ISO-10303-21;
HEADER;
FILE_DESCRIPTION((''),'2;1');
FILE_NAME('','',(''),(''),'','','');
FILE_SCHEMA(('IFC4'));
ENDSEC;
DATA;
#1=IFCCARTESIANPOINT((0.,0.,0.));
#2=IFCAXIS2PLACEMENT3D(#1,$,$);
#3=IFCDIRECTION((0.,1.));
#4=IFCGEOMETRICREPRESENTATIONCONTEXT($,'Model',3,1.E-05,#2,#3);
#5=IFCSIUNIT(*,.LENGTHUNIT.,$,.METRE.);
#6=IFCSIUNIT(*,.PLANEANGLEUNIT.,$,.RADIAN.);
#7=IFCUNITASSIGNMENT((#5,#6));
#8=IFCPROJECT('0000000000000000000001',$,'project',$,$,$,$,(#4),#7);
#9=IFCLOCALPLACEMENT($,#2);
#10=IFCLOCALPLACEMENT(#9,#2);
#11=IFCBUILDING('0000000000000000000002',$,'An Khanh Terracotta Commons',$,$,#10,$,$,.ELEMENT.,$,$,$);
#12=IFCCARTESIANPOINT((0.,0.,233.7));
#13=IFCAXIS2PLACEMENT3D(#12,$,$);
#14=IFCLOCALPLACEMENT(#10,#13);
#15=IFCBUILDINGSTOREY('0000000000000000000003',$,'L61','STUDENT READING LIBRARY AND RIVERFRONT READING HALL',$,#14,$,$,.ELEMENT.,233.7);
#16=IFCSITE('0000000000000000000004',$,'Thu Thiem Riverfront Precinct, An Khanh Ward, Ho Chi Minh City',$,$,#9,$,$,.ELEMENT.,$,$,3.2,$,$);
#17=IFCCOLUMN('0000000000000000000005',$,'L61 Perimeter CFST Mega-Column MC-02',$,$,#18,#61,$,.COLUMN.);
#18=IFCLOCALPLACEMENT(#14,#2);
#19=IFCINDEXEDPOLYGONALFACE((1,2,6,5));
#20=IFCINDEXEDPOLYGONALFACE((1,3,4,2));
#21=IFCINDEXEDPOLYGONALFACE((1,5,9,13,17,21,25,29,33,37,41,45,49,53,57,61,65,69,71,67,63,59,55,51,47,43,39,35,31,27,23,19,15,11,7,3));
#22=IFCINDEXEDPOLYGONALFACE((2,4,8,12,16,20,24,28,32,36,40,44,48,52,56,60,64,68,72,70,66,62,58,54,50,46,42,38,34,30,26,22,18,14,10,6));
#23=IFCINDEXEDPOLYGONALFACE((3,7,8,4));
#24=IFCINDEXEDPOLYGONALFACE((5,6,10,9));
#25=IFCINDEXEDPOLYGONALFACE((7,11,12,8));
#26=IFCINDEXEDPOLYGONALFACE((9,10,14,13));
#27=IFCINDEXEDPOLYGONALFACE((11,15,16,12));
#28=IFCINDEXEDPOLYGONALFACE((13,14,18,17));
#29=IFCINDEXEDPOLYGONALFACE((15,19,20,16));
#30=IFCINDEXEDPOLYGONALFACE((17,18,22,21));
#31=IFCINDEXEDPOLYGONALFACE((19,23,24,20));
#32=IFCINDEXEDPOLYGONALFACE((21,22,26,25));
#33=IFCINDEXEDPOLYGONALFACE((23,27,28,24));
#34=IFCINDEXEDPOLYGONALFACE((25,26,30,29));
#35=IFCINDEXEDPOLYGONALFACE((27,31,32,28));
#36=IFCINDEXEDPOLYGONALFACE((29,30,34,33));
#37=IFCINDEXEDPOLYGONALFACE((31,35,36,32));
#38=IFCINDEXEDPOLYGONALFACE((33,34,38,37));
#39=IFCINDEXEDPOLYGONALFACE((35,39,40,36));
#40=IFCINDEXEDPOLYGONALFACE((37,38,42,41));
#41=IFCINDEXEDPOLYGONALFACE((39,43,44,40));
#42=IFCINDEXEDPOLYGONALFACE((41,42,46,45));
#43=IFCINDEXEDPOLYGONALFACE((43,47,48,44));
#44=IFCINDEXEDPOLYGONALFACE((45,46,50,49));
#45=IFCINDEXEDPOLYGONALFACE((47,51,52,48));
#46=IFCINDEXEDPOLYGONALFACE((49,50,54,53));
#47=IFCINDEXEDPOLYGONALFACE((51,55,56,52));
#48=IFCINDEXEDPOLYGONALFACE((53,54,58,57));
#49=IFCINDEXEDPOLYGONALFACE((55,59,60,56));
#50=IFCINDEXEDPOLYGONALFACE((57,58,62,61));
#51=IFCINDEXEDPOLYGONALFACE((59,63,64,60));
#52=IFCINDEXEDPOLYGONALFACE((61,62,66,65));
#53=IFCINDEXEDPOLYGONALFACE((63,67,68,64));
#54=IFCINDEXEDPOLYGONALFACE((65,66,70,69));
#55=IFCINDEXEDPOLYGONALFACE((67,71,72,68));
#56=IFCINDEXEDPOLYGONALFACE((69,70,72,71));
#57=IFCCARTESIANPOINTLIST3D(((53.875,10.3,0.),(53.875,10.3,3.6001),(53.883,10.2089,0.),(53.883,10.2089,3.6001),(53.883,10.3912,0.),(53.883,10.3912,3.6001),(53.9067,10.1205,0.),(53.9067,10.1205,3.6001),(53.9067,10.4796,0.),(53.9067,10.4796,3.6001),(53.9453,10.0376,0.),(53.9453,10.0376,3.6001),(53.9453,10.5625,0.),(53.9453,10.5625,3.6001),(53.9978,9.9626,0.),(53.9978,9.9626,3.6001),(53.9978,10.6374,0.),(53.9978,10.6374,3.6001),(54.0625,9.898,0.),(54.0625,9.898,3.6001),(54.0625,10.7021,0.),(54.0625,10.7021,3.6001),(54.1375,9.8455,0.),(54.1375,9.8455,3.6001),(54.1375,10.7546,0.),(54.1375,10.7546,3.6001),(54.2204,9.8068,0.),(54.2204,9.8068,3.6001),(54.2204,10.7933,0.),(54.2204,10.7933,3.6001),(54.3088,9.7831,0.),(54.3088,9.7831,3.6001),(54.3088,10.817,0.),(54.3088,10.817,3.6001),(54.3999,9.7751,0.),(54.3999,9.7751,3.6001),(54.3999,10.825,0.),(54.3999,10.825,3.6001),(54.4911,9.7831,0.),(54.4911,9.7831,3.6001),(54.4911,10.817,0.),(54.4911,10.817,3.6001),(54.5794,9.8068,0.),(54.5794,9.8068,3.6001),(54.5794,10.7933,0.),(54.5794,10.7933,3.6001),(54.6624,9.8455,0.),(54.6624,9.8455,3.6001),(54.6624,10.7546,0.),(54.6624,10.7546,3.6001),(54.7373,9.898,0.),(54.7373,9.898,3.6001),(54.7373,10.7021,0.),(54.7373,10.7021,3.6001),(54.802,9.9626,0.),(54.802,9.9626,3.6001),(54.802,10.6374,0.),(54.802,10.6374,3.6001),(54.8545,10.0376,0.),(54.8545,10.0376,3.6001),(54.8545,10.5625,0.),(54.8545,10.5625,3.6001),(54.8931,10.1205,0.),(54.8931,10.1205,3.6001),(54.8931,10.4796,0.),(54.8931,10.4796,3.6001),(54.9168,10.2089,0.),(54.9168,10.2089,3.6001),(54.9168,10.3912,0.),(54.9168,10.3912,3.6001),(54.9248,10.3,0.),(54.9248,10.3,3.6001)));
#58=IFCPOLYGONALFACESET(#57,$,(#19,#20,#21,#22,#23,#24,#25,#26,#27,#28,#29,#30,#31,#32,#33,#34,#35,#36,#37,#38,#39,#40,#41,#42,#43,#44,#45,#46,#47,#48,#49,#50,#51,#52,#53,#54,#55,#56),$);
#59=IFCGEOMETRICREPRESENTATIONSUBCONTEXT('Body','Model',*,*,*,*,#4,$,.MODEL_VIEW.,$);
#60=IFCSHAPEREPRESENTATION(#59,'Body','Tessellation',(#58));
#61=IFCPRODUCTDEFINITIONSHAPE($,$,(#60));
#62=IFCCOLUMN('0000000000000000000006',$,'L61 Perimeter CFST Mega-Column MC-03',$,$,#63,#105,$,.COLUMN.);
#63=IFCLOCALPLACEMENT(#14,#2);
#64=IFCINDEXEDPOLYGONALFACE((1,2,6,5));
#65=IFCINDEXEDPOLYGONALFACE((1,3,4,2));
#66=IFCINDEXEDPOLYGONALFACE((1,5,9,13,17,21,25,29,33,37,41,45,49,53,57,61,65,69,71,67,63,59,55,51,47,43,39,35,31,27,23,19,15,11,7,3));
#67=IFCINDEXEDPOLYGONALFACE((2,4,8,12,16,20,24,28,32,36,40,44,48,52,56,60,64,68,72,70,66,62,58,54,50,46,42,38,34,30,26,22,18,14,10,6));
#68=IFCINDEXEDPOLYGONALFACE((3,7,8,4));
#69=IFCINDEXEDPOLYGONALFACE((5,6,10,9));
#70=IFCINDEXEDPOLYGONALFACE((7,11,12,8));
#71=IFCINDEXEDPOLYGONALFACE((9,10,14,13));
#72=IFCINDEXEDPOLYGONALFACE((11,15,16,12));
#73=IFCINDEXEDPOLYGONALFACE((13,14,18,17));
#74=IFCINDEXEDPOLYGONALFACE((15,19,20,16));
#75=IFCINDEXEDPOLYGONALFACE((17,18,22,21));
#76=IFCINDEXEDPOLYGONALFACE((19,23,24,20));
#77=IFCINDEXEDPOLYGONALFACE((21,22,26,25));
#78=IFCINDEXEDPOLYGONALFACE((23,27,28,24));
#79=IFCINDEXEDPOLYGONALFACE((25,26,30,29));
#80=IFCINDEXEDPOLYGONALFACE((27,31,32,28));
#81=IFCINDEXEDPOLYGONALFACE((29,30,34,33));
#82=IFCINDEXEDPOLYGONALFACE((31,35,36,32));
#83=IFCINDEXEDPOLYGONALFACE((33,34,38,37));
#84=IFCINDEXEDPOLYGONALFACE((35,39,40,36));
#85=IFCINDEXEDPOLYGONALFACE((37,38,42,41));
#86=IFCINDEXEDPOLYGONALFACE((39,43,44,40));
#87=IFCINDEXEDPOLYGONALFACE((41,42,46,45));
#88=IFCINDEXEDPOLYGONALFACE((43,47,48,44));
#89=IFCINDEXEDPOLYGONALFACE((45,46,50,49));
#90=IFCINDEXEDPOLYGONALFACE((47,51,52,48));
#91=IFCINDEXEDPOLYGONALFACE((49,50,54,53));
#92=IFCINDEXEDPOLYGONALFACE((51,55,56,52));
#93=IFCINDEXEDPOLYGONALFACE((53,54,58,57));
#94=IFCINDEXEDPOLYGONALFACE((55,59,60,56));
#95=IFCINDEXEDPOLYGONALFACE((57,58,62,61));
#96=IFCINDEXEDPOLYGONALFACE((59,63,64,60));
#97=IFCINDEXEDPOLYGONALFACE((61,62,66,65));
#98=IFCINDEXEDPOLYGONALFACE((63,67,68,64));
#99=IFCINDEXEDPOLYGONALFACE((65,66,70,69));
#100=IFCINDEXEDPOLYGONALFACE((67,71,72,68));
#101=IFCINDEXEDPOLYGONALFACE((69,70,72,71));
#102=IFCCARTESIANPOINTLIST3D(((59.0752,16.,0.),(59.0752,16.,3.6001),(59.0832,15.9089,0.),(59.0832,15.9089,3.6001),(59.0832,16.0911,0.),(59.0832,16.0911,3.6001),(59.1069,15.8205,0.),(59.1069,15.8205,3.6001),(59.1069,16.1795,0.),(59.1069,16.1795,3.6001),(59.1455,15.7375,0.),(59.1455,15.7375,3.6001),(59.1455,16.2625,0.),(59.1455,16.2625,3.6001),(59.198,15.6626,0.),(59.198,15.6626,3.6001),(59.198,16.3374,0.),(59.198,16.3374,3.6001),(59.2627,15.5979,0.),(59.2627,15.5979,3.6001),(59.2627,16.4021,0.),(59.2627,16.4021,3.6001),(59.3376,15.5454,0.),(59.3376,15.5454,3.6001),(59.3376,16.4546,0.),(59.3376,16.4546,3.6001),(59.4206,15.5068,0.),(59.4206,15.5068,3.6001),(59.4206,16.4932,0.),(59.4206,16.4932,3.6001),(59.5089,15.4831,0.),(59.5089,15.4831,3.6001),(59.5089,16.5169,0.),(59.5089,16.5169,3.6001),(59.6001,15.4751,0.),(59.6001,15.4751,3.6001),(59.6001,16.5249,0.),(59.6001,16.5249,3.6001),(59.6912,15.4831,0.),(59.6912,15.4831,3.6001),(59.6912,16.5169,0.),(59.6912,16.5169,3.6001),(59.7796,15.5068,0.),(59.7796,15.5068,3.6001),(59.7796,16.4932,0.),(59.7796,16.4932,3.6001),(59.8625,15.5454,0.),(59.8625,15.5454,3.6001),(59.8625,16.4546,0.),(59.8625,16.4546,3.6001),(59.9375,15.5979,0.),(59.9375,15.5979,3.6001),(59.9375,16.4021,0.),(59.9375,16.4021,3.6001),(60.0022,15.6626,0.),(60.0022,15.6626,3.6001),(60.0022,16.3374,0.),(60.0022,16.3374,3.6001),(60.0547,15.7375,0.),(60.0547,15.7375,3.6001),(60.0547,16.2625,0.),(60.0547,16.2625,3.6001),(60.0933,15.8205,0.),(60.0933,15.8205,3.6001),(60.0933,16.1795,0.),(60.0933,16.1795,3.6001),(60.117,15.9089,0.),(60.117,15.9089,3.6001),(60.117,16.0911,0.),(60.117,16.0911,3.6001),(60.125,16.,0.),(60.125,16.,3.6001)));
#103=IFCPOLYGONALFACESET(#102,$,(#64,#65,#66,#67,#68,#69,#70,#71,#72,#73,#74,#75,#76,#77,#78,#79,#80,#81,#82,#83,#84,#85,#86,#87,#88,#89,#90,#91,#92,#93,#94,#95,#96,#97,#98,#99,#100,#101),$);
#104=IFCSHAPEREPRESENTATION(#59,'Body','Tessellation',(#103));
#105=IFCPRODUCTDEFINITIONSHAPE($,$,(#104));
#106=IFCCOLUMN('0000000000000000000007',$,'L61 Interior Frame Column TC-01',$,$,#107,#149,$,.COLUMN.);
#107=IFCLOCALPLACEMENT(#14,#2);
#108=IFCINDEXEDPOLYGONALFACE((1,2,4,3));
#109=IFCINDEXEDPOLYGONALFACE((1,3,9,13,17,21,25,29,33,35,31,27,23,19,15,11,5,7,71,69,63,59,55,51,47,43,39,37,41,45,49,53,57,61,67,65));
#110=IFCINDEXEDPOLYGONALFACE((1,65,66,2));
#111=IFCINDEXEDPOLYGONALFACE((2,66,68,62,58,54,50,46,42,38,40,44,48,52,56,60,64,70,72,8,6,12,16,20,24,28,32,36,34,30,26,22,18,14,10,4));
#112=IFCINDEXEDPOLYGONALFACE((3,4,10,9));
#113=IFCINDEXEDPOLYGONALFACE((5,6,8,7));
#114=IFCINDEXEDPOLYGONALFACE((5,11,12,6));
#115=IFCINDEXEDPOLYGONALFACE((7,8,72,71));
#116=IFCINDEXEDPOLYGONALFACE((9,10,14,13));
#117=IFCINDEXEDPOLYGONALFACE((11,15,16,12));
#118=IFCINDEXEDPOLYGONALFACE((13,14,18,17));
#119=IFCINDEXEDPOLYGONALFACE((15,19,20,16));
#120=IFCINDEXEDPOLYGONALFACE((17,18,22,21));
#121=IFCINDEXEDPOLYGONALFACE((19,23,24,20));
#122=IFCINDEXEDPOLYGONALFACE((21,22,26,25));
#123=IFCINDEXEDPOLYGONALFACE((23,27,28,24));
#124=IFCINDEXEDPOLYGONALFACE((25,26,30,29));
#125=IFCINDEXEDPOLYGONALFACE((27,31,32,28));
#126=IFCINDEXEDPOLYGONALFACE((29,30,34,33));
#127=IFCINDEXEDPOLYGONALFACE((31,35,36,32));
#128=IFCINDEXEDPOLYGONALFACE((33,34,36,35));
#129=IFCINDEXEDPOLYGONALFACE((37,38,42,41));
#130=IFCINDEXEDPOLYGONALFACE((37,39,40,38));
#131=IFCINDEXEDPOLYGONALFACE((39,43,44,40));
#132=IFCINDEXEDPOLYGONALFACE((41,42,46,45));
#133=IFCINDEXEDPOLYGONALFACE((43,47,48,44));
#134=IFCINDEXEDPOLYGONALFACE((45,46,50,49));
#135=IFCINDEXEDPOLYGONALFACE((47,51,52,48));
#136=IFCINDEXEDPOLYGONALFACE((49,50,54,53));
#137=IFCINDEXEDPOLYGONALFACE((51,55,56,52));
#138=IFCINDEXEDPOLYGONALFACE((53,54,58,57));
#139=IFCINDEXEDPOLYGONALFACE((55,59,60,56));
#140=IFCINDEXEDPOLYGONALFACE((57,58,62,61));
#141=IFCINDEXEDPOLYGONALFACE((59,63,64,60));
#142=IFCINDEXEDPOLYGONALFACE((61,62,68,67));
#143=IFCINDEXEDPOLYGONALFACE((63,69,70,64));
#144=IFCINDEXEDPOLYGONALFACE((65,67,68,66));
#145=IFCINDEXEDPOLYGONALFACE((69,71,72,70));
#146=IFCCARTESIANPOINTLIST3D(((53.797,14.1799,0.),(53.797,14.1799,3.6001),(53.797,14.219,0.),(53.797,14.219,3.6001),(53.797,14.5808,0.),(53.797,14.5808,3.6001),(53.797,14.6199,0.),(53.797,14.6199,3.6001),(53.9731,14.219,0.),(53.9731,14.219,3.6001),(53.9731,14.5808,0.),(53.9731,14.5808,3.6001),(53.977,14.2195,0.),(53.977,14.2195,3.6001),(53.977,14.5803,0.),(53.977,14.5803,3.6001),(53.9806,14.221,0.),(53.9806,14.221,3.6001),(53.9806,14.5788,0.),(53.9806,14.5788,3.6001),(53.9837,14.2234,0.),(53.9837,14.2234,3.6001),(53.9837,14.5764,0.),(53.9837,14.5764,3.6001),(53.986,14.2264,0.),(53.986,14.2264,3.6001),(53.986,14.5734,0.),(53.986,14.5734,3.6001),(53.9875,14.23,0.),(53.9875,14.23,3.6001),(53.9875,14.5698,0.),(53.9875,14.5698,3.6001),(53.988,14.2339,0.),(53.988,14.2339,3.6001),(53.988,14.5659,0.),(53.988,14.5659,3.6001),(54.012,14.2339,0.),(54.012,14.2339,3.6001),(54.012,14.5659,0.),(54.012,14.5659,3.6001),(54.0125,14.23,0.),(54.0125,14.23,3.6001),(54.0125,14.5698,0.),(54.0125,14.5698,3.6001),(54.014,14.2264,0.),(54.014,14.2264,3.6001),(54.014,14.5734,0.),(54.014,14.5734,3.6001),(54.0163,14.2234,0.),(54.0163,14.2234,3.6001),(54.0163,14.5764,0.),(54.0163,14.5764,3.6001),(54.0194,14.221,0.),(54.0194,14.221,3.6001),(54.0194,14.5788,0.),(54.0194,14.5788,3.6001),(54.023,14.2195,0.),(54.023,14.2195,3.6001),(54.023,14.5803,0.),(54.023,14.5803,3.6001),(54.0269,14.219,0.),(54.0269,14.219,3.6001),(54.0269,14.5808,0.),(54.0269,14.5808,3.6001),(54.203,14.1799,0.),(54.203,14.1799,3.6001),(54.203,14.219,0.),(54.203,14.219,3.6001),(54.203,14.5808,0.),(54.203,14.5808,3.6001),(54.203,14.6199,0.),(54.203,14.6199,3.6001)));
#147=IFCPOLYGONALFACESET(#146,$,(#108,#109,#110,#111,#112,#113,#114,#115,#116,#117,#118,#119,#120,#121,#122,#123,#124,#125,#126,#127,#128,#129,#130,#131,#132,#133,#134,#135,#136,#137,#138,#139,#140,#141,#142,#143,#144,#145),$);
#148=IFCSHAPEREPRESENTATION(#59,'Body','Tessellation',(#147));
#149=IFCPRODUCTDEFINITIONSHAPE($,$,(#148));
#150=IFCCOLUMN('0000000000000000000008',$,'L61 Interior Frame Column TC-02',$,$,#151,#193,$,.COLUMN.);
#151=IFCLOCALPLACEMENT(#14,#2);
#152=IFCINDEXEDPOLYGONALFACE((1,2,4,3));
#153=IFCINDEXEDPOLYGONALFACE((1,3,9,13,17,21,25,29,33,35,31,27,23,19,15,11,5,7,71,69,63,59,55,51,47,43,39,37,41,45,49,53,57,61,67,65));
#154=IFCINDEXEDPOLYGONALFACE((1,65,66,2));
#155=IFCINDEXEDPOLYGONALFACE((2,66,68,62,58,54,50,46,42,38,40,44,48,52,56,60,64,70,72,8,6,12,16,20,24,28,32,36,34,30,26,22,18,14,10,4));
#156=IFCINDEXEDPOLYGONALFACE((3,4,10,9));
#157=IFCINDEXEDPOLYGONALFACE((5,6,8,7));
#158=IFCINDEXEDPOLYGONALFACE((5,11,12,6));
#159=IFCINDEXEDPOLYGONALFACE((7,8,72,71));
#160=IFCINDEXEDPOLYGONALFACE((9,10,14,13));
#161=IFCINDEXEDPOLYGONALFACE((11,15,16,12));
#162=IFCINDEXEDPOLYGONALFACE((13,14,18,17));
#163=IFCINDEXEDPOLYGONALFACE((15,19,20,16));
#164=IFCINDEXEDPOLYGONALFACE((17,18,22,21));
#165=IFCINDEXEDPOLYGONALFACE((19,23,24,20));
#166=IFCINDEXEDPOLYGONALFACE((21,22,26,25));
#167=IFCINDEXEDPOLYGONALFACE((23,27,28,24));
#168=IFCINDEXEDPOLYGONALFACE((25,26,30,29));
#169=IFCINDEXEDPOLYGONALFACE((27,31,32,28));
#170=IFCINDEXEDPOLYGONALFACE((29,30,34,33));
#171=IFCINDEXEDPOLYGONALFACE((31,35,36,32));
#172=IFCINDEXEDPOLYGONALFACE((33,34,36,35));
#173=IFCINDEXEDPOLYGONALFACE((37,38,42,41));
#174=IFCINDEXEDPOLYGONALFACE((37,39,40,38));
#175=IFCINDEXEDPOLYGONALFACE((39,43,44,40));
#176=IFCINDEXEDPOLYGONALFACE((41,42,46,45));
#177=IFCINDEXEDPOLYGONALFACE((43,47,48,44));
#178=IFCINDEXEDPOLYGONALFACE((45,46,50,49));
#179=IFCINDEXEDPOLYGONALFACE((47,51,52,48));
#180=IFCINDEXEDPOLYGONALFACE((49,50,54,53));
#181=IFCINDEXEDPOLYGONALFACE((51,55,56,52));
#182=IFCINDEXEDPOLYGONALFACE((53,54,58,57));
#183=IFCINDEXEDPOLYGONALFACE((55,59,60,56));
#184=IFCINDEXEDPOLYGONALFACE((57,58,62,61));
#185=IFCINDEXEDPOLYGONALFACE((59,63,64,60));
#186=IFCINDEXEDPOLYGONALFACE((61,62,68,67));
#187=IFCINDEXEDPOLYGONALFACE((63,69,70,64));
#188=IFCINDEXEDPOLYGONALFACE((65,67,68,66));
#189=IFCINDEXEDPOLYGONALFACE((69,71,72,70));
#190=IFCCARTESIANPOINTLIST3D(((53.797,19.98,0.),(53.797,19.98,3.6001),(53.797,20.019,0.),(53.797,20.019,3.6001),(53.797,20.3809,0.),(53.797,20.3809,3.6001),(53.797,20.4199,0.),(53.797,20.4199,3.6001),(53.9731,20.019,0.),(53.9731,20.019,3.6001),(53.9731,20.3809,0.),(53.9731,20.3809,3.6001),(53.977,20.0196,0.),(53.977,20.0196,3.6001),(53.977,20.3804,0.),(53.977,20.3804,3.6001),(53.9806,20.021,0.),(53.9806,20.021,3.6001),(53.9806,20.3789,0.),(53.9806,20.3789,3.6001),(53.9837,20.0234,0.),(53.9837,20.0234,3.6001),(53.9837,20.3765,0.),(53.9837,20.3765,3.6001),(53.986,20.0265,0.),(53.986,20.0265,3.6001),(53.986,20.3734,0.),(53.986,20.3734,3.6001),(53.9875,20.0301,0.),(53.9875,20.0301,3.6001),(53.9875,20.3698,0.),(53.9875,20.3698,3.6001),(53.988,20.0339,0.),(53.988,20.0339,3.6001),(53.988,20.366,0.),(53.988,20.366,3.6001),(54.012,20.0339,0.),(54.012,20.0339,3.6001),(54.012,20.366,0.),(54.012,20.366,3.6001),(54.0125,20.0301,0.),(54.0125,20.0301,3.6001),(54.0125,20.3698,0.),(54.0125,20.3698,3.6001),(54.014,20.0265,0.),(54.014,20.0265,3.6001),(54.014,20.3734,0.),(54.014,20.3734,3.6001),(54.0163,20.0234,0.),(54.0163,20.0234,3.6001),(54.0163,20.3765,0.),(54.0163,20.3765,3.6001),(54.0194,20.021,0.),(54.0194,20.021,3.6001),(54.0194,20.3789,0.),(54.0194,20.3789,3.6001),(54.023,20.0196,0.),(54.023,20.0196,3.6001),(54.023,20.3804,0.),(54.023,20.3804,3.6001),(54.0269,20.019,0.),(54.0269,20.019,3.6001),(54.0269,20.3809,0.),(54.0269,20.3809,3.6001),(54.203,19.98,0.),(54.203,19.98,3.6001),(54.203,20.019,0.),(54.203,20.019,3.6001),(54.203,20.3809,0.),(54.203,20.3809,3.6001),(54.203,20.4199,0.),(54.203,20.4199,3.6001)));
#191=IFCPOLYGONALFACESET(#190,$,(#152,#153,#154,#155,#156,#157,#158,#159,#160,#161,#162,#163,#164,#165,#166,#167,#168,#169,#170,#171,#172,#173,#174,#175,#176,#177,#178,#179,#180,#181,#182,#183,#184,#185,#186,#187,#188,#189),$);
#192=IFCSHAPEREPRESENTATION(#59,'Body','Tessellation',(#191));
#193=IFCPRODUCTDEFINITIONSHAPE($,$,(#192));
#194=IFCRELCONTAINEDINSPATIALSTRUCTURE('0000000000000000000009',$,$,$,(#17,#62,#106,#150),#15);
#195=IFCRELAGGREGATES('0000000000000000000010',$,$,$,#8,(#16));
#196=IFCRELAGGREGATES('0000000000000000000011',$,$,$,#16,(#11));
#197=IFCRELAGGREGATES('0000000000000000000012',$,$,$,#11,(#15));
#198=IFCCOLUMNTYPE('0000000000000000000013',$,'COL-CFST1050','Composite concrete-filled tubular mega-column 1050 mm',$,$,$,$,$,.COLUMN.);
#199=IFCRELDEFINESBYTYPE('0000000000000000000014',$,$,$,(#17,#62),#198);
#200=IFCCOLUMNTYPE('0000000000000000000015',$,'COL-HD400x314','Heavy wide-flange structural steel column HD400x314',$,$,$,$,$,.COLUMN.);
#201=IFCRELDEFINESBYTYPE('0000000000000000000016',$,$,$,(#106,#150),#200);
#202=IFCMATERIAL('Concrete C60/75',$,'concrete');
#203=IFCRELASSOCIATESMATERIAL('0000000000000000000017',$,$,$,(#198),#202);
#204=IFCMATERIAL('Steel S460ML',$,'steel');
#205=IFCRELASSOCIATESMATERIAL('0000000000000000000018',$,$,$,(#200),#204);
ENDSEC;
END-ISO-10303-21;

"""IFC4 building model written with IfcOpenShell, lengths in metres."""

from ifc_helpers import new_model, si_unit, direction, frame, origin, origin_2d, place, context, subcontext, project, spatial, circle, i_section, extrude, material, material_profile, profile_set, type_object, element, save


model = new_model("IFC4")

# Units and contexts
model_context = context("Model", 3, precision=1e-05, world=origin(), true_north=direction((0.0, 1.0)))
body_context = subcontext(model_context, "Body", "Model", "MODEL_VIEW")
ifc_project = project(units=[si_unit("LENGTHUNIT", "METRE"), si_unit("PLANEANGLEUNIT", "RADIAN")], contexts=[model_context])

# Site, building, storey
site_placement = place(None, origin())
site = spatial("IfcSite", under=ifc_project, at=site_placement, Name="Thu Thiem Riverfront Precinct, An Khanh Ward, Ho Chi Minh City", CompositionType="ELEMENT", RefElevation=3.2)
building_placement = place(site_placement, origin())
building = spatial("IfcBuilding", under=site, at=building_placement, Name="An Khanh Terracotta Commons", CompositionType="ELEMENT")
storey_placement = place(building_placement, frame((0.0, 0.0, 233.7)))
storey = spatial("IfcBuildingStorey", under=building, at=storey_placement, Name="L61", Description="STUDENT READING LIBRARY AND RIVERFRONT READING HALL", CompositionType="ELEMENT", Elevation=233.7)

# Columns
ifc_material_1 = material(Name="Concrete C60/75", Category="concrete")
ifc_material_profile_1 = material_profile(ifc_material_1, circle(Radius=0.5249, at=origin_2d()), Name="CFST1050")
ifc_profile_set_1 = profile_set([ifc_material_profile_1], Name="Concrete C60/75")
column_type_1 = type_object("IfcColumnType", Name="COL-CFST1050", Description="Composite concrete-filled tubular mega-column 1050 mm", PredefinedType="COLUMN", material=ifc_profile_set_1)
for number, where, z_axis, x_axis, name in (
    (1, (54.3999, 10.3, 0.0), (0.0, 0.0, 1.0), (1.0, 0.0, 0.0), "L61 Perimeter CFST Mega-Column MC-02"),
    (2, (59.6001, 16.0, 0.0), (0.0, 0.0, 1.0), (1.0, 0.0, 0.0), "L61 Perimeter CFST Mega-Column MC-03"),
):
    element("IfcColumn", number, at=place(storey_placement, frame(where, z_axis=z_axis, x_axis=x_axis)), inside=storey, type_object=column_type_1, Name=name, PredefinedType="COLUMN", context=body_context, shape_type="SweptSolid", body=[
        extrude(circle(Radius=0.5249, at=origin_2d()), origin(), (0.0, 0.0, 1.0), 3.6001),
    ])
ifc_material_2 = material(Name="Steel S460ML", Category="steel")
ifc_material_profile_2 = material_profile(ifc_material_2, i_section(OverallWidth=0.406, OverallDepth=0.4399, WebThickness=0.0239, FlangeThickness=0.0391, FilletRadius=0.0149, at=origin_2d()), Name="HD400x314")
ifc_profile_set_2 = profile_set([ifc_material_profile_2], Name="Steel S460ML")
column_type_2 = type_object("IfcColumnType", Name="COL-HD400x314", Description="Heavy wide-flange structural steel column HD400x314", PredefinedType="COLUMN", material=ifc_profile_set_2)
for number, where, z_axis, x_axis, name in (
    (3, (54.0, 14.3999, 0.0), (0.0, 0.0, 1.0), (1.0, 0.0, 0.0), "L61 Interior Frame Column TC-01"),
    (4, (54.0, 20.2, 0.0), (0.0, 0.0, 1.0), (1.0, 0.0, 0.0), "L61 Interior Frame Column TC-02"),
):
    element("IfcColumn", number, at=place(storey_placement, frame(where, z_axis=z_axis, x_axis=x_axis)), inside=storey, type_object=column_type_2, Name=name, PredefinedType="COLUMN", context=body_context, shape_type="SweptSolid", body=[
        extrude(i_section(OverallWidth=0.406, OverallDepth=0.4399, WebThickness=0.0239, FlangeThickness=0.0391, FilletRadius=0.0149, at=origin_2d()), origin(), (0.0, 0.0, 1.0), 3.6001),
    ])

save(model, "model.ifc")
